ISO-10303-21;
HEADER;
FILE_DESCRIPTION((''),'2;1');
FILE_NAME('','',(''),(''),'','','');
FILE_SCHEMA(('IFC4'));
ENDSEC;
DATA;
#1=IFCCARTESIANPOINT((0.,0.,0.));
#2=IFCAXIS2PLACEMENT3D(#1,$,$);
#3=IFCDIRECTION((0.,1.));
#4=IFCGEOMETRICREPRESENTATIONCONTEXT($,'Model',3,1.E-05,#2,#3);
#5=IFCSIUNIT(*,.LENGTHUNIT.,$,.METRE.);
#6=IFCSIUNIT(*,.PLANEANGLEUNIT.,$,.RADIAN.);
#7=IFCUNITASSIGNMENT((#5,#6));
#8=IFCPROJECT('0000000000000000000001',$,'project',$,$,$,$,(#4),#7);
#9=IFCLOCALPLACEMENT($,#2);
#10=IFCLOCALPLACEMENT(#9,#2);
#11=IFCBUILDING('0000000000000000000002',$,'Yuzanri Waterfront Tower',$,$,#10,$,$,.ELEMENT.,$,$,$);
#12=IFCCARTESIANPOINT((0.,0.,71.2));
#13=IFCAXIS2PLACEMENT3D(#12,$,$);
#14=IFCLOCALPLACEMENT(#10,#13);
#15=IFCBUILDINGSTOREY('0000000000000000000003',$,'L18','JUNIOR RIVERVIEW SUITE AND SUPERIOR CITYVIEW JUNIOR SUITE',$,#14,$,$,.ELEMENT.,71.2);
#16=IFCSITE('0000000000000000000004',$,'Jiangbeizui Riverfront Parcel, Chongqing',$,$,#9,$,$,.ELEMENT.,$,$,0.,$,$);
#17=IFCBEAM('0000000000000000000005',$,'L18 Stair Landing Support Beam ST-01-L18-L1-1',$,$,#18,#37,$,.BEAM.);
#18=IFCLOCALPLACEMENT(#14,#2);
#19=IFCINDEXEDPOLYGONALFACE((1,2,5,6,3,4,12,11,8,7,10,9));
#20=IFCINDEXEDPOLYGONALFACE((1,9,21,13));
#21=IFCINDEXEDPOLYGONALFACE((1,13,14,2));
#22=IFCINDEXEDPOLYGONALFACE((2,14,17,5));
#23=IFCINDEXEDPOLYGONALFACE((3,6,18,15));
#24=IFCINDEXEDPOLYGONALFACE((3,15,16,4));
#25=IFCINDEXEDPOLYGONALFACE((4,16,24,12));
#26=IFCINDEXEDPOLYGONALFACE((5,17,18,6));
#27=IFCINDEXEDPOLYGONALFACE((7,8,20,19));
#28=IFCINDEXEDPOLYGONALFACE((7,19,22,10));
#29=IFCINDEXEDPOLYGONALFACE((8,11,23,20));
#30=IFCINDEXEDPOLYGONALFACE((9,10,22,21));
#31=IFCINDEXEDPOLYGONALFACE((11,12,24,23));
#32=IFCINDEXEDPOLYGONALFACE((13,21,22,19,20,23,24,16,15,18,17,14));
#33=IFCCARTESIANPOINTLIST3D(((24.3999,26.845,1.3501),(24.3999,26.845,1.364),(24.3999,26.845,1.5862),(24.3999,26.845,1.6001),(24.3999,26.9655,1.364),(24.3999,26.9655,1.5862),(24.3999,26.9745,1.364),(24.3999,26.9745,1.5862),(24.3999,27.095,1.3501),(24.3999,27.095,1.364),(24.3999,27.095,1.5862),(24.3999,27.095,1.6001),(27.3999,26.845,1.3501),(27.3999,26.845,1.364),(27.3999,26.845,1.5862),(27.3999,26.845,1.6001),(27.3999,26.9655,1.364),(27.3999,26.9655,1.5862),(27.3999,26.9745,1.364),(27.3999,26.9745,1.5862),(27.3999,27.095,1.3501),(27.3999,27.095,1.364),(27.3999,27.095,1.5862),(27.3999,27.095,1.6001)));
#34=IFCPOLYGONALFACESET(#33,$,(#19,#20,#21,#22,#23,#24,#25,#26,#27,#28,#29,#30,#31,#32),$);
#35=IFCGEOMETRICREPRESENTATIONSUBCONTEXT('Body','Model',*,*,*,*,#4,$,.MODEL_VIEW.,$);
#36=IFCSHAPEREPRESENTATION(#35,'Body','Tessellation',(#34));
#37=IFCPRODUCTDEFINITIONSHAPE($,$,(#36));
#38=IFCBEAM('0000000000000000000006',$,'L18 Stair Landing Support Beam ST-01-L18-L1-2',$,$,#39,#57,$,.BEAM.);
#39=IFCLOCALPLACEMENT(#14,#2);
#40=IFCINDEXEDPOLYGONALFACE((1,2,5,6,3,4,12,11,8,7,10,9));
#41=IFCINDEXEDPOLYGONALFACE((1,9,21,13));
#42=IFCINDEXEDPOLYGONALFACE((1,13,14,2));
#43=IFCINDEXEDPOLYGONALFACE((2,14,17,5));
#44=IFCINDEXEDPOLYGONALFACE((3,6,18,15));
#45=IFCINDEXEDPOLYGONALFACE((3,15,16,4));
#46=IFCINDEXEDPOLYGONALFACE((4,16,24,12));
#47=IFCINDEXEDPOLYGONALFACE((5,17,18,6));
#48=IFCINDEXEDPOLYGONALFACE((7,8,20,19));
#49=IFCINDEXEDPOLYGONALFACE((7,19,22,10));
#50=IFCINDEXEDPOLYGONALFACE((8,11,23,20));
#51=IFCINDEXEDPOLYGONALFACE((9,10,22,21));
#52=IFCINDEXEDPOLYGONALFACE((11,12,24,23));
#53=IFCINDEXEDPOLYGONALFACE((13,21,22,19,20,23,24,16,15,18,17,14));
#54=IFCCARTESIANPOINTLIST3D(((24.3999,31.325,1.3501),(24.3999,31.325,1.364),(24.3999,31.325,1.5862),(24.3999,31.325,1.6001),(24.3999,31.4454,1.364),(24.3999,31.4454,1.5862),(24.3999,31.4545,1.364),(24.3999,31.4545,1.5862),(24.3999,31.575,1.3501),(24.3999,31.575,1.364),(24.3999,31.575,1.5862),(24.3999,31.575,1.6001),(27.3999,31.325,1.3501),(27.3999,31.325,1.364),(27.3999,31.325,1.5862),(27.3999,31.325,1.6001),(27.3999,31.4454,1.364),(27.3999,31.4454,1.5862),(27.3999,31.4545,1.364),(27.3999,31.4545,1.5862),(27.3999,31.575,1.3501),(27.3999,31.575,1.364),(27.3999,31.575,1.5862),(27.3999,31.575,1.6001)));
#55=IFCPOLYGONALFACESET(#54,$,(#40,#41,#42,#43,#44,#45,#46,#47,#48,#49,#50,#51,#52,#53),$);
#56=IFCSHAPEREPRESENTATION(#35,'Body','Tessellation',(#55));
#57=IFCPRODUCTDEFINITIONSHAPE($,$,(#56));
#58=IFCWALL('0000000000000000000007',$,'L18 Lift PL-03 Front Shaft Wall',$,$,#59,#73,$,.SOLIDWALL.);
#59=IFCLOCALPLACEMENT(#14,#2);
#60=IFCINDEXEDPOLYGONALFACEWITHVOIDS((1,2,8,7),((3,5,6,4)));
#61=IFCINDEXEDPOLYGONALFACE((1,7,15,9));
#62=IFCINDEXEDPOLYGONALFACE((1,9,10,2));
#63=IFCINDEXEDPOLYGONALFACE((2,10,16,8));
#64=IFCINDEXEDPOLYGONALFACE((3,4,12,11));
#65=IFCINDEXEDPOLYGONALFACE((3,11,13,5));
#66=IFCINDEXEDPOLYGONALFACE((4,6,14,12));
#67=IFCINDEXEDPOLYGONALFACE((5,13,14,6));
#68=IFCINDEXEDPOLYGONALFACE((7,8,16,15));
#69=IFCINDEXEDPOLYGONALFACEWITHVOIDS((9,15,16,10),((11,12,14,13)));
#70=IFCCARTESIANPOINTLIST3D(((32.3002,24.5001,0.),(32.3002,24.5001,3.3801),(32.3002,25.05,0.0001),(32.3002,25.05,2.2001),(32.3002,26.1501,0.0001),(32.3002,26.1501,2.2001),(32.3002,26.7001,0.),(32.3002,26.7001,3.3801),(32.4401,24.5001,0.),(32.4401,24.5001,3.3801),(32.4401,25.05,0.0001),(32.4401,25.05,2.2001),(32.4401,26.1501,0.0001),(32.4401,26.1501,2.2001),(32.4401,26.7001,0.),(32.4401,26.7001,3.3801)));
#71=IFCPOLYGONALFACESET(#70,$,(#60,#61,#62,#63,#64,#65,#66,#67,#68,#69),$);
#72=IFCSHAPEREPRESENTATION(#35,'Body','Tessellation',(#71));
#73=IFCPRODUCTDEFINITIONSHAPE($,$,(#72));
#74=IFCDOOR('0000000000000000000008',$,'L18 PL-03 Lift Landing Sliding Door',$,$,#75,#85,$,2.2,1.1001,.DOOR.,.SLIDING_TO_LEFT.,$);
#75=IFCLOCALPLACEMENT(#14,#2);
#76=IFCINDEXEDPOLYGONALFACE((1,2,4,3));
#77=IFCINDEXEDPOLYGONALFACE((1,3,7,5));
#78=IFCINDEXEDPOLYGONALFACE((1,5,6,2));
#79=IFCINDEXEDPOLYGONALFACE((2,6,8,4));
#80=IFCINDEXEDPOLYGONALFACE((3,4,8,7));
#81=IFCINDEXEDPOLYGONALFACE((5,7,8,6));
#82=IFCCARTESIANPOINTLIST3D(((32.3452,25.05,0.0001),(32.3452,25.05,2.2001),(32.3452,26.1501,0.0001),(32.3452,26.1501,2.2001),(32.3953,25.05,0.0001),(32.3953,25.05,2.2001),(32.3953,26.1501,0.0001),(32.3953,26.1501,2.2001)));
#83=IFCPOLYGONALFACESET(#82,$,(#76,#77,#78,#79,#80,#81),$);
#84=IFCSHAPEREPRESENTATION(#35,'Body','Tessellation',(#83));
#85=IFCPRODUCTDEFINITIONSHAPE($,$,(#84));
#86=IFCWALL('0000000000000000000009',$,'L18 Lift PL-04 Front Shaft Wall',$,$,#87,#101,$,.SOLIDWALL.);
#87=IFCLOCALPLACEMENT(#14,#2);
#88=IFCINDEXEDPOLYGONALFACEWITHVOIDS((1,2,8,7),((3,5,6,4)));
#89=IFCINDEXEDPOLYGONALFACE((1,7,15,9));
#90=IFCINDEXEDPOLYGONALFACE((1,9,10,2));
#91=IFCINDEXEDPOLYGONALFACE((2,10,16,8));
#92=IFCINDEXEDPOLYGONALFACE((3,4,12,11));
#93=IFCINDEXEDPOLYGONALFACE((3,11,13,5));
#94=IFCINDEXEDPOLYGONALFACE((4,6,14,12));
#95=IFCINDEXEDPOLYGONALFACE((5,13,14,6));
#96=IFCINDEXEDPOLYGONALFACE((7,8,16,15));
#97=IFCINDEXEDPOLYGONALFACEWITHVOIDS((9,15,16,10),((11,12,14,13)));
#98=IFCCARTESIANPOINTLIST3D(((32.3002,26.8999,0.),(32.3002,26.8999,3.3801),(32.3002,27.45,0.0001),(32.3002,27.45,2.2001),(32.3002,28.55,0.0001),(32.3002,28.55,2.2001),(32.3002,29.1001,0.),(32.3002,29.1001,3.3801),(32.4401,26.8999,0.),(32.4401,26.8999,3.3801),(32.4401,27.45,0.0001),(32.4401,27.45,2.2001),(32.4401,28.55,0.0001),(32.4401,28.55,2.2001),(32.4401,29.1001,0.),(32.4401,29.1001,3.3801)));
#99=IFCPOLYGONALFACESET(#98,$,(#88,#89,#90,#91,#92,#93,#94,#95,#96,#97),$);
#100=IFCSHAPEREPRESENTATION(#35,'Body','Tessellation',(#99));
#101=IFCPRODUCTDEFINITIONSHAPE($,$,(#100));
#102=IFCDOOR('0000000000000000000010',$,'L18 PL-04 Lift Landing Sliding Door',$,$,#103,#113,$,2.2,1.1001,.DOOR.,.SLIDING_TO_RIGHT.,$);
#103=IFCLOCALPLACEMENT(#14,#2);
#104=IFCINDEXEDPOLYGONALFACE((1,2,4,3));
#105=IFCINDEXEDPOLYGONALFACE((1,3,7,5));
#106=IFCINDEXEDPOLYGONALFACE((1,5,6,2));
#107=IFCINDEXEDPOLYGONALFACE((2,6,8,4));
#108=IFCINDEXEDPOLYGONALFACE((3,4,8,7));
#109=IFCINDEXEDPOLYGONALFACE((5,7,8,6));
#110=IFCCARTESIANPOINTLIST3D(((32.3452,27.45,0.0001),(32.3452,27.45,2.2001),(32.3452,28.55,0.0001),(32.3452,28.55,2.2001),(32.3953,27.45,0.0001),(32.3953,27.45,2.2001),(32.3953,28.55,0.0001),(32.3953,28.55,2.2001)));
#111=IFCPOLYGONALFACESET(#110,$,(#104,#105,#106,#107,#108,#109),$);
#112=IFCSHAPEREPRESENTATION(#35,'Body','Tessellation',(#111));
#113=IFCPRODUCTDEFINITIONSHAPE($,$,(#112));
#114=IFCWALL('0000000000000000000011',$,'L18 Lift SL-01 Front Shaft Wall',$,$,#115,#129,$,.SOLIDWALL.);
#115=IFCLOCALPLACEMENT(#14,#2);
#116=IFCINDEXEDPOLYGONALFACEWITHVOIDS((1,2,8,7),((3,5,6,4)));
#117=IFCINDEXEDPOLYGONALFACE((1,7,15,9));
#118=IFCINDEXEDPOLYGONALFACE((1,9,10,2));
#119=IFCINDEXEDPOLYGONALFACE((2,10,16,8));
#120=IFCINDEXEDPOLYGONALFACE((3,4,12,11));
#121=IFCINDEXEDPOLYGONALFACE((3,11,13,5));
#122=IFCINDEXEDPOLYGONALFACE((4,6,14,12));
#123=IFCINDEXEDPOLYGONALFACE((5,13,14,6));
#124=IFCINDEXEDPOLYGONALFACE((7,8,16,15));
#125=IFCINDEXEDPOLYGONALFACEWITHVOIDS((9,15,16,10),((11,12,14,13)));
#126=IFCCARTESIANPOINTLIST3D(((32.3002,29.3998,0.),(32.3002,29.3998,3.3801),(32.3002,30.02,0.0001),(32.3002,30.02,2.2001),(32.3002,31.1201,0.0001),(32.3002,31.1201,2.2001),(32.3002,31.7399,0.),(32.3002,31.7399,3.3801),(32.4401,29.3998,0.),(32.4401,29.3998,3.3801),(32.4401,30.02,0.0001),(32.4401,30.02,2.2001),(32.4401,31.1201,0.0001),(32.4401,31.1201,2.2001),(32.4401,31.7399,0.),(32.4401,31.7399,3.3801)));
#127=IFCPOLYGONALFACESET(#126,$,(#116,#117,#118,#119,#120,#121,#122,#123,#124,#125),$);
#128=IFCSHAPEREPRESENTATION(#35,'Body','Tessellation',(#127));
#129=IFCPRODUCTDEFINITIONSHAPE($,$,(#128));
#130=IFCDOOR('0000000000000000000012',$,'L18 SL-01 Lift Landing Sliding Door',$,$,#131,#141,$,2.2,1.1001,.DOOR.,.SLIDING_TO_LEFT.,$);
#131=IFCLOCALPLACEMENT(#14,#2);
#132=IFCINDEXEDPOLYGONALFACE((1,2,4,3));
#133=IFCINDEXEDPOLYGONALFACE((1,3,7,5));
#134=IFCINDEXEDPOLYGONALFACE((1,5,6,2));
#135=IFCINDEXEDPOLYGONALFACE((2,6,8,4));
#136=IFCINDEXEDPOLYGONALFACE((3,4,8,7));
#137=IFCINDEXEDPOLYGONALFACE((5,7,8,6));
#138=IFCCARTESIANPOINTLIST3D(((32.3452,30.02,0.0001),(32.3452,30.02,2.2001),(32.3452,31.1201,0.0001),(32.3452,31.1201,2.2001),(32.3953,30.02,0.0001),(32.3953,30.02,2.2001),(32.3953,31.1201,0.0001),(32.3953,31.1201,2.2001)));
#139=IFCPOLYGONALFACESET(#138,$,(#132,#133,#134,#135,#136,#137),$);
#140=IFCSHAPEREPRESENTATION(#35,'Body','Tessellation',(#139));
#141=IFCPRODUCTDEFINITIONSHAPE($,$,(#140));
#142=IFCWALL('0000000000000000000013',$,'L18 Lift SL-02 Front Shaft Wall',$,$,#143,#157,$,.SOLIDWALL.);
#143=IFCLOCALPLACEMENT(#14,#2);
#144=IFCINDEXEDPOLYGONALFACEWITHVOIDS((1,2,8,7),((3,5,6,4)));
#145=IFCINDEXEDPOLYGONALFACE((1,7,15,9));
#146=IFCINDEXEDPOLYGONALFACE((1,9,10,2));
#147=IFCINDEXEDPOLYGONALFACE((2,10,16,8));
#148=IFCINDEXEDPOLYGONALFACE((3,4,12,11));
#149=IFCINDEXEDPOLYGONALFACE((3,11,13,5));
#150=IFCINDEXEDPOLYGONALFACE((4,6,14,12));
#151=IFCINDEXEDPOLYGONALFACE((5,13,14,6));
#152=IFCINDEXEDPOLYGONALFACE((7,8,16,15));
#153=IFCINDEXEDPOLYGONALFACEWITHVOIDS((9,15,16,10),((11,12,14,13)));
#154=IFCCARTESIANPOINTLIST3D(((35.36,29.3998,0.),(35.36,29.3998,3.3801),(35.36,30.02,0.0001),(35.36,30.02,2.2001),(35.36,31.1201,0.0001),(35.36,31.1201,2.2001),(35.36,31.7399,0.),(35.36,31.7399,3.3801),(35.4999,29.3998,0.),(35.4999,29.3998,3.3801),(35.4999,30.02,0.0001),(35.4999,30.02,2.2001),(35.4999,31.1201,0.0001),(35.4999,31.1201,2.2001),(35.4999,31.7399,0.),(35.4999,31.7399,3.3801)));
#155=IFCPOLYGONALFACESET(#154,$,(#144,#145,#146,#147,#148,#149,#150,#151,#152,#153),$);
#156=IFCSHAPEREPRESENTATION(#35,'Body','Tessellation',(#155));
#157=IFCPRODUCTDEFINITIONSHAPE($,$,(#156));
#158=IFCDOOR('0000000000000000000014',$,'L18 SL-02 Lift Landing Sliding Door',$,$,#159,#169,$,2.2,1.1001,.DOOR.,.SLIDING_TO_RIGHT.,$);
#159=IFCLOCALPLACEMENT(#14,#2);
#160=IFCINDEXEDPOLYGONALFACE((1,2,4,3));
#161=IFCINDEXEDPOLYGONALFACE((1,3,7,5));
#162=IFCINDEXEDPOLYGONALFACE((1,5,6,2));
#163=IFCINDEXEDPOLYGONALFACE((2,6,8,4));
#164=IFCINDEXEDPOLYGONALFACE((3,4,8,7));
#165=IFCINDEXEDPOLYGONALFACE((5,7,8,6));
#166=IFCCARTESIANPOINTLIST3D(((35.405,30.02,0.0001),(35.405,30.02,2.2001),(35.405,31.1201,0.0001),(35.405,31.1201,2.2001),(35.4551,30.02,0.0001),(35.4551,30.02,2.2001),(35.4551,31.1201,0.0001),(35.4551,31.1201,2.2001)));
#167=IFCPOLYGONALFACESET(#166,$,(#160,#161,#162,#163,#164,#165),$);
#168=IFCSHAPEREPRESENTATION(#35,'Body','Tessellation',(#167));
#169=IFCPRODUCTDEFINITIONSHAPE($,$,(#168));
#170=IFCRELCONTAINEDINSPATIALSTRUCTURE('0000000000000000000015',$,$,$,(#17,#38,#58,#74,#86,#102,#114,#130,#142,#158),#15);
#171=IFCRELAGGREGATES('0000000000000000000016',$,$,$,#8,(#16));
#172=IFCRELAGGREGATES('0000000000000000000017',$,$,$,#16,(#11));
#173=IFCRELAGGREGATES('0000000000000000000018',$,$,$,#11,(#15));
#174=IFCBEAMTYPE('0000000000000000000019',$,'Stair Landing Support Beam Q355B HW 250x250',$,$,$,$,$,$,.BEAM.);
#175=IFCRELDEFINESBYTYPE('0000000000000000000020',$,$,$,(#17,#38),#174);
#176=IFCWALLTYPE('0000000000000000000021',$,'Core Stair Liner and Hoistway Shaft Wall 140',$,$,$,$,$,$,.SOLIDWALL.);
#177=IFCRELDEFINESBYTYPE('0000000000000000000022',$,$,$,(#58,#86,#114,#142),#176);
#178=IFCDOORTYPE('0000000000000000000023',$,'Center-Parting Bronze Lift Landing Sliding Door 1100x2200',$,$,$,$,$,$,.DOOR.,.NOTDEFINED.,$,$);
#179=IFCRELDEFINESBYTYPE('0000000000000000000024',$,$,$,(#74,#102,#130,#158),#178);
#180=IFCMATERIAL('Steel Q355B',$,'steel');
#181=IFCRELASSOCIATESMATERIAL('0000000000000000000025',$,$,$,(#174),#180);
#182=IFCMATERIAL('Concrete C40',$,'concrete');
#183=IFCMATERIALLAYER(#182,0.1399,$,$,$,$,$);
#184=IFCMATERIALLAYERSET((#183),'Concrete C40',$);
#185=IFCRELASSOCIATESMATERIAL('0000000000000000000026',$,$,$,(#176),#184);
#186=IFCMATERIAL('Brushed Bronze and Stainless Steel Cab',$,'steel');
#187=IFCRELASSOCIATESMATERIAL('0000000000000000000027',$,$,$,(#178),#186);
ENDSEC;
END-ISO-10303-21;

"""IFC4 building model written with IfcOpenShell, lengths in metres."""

from ifc_helpers import new_model, si_unit, direction, frame, frame_2d, origin, origin_2d, place, context, subcontext, project, spatial, rectangle, i_section, extrude, source, transform, mapped, material, layer, layer_set, material_profile, profile_set, type_object, element, fill, save


model = new_model("IFC4")

# Units and contexts
model_context = context("Model", 3, precision=1e-05, world=origin(), true_north=direction((0.0, 1.0)))
body_context = subcontext(model_context, "Body", "Model", "MODEL_VIEW")
ifc_project = project(units=[si_unit("LENGTHUNIT", "METRE"), si_unit("PLANEANGLEUNIT", "RADIAN")], contexts=[model_context])

# Site, building, storey
site_placement = place(None, origin())
site = spatial("IfcSite", under=ifc_project, at=site_placement, Name="Jiangbeizui Riverfront Parcel, Chongqing", CompositionType="ELEMENT", RefElevation=0.0)
building_placement = place(site_placement, origin())
building = spatial("IfcBuilding", under=site, at=building_placement, Name="Yuzanri Waterfront Tower", CompositionType="ELEMENT")
storey_placement = place(building_placement, frame((0.0, 0.0, 71.2)))
storey = spatial("IfcBuildingStorey", under=building, at=storey_placement, Name="L18", Description="JUNIOR RIVERVIEW SUITE AND SUPERIOR CITYVIEW JUNIOR SUITE", CompositionType="ELEMENT", Elevation=71.2)

# Beams
ifc_material_1 = material(Name="Steel Q355B", Category="steel")
ifc_material_profile = material_profile(ifc_material_1, i_section(OverallWidth=0.25, OverallDepth=0.25, WebThickness=0.009, FlangeThickness=0.0139, at=origin_2d()), Name="HW 250x250x9x14")
ifc_profile_set = profile_set([ifc_material_profile], Name="Steel Q355B")
beam_type = type_object("IfcBeamType", Name="Stair Landing Support Beam Q355B HW 250x250", PredefinedType="BEAM", material=ifc_profile_set)
shared_shape_1 = source(origin(), body_context, "Body", "SweptSolid", [
    extrude(i_section(OverallWidth=0.25, OverallDepth=0.25, WebThickness=0.009, FlangeThickness=0.0139, at=origin_2d()), origin(), (0.0, 0.0, 1.0), 3.0),
])
for number, where, z_axis, x_axis, name in (
    (1, (24.3999, 26.97, 1.4751), (1.0, 0.0, 0.0), (0.0, 1.0, 0.0), "L18 Stair Landing Support Beam ST-01-L18-L1-1"),
    (2, (24.3999, 31.45, 1.4751), (1.0, 0.0, 0.0), (0.0, 1.0, 0.0), "L18 Stair Landing Support Beam ST-01-L18-L1-2"),
):
    element("IfcBeam", number, at=place(storey_placement, frame(where, z_axis=z_axis, x_axis=x_axis)), inside=storey, type_object=beam_type, Name=name, PredefinedType="BEAM", context=body_context, shape_type="MappedRepresentation", body=[
        mapped(shared_shape_1, transform((0.0, 0.0, 0.0), scale=1.0)),
    ])

# Walls, openings, doors
ifc_material_2 = material(Name="Concrete C40", Category="concrete")
ifc_layer_1 = layer(ifc_material_2, 0.1399)
ifc_layer_set_1 = layer_set([ifc_layer_1], Name="Concrete C40")
wall_type_1 = type_object("IfcWallType", Name="Core Stair Liner and Hoistway Shaft Wall 140", PredefinedType="SOLIDWALL", material=ifc_layer_set_1)
wall_1_placement = place(storey_placement, frame((32.3701, 24.5, 0.0), z_axis=(0.0, 0.0, 1.0), x_axis=(0.0, 1.0, 0.0)))
wall_1 = element("IfcWall", 3, at=wall_1_placement, inside=storey, type_object=wall_type_1, Name="L18 Lift PL-03 Front Shaft Wall", PredefinedType="SOLIDWALL", context=body_context, shape_type="SweptSolid", body=[
    extrude(rectangle(XDim=2.2, YDim=0.1399, at=frame_2d((1.1001, 0.0))), origin(), (0.0, 0.0, 1.0), 3.3801),
])
opening_1_placement = place(wall_1_placement, frame((0.55, 0.0, 0.0)))
opening_1 = element("IfcOpeningElement", 4, at=opening_1_placement, cuts=wall_1, PredefinedType="OPENING", context=body_context, shape_type="SweptSolid", body=[
    extrude(rectangle(XDim=1.1001, YDim=2.2, at=frame_2d((0.55, 1.1001))), frame((0.0, 0.085, 0.0), z_axis=(0.0, -1.0, 0.0), x_axis=(1.0, 0.0, 0.0)), (0.0, 0.0, 1.0), 0.1697),
])
ifc_material_3 = material(Name="Brushed Bronze and Stainless Steel Cab", Category="steel")
door_type_1 = type_object("IfcDoorType", Name="Center-Parting Bronze Lift Landing Sliding Door 1100x2200", OperationType="NOTDEFINED", PredefinedType="DOOR", material=ifc_material_3)
shared_shape_2 = source(origin(), body_context, "Body", "SweptSolid", [
    extrude(rectangle(XDim=1.1001, YDim=2.2, at=frame_2d((0.55, 1.1001))), frame((0.0, 0.0249, 0.0), z_axis=(0.0, -1.0, 0.0), x_axis=(1.0, 0.0, 0.0)), (0.0, 0.0, 1.0), 0.05),
])
door_1_placement = place(opening_1_placement, origin())
door_1 = element("IfcDoor", 5, at=door_1_placement, inside=storey, type_object=door_type_1, Name="L18 PL-03 Lift Landing Sliding Door", OperationType="SLIDING_TO_LEFT", OverallHeight=2.2, OverallWidth=1.1001, PredefinedType="DOOR", context=body_context, shape_type="MappedRepresentation", body=[
    mapped(shared_shape_2, transform((0.0, 0.0, 0.0), scale=1.0)),
])
fill(opening_1, door_1)
wall_2_placement = place(storey_placement, frame((32.3701, 26.8999, 0.0), z_axis=(0.0, 0.0, 1.0), x_axis=(0.0, 1.0, 0.0)))
wall_2 = element("IfcWall", 6, at=wall_2_placement, inside=storey, type_object=wall_type_1, Name="L18 Lift PL-04 Front Shaft Wall", PredefinedType="SOLIDWALL", context=body_context, shape_type="SweptSolid", body=[
    extrude(rectangle(XDim=2.2002, YDim=0.1399, at=frame_2d((1.1001, 0.0))), origin(), (0.0, 0.0, 1.0), 3.3801),
])
opening_2_placement = place(wall_2_placement, frame((0.55, 0.0, 0.0)))
opening_2 = element("IfcOpeningElement", 7, at=opening_2_placement, cuts=wall_2, PredefinedType="OPENING", context=body_context, shape_type="SweptSolid", body=[
    extrude(rectangle(XDim=1.1001, YDim=2.2, at=frame_2d((0.55, 1.1001))), frame((0.0, 0.085, 0.0), z_axis=(0.0, -1.0, 0.0), x_axis=(1.0, 0.0, 0.0)), (0.0, 0.0, 1.0), 0.1697),
])
door_2_placement = place(opening_2_placement, origin())
door_2 = element("IfcDoor", 8, at=door_2_placement, inside=storey, type_object=door_type_1, Name="L18 PL-04 Lift Landing Sliding Door", OperationType="SLIDING_TO_RIGHT", OverallHeight=2.2, OverallWidth=1.1001, PredefinedType="DOOR", context=body_context, shape_type="MappedRepresentation", body=[
    mapped(shared_shape_2, transform((0.0, 0.0, 0.0), scale=1.0)),
])
fill(opening_2, door_2)
wall_3_placement = place(storey_placement, frame((32.3701, 29.3999, 0.0), z_axis=(0.0, 0.0, 1.0), x_axis=(0.0, 1.0, 0.0)))
wall_3 = element("IfcWall", 9, at=wall_3_placement, inside=storey, type_object=wall_type_1, Name="L18 Lift SL-01 Front Shaft Wall", PredefinedType="SOLIDWALL", context=body_context, shape_type="SweptSolid", body=[
    extrude(rectangle(XDim=2.3401, YDim=0.1399, at=frame_2d((1.1699, 0.0))), origin(), (0.0, 0.0, 1.0), 3.3801),
])
opening_3_placement = place(wall_3_placement, frame((0.6201, 0.0, 0.0)))
opening_3 = element("IfcOpeningElement", 10, at=opening_3_placement, cuts=wall_3, PredefinedType="OPENING", context=body_context, shape_type="SweptSolid", body=[
    extrude(rectangle(XDim=1.1001, YDim=2.2, at=frame_2d((0.55, 1.1001))), frame((0.0, 0.085, 0.0), z_axis=(0.0, -1.0, 0.0), x_axis=(1.0, 0.0, 0.0)), (0.0, 0.0, 1.0), 0.1697),
])
door_3_placement = place(opening_3_placement, origin())
door_3 = element("IfcDoor", 11, at=door_3_placement, inside=storey, type_object=door_type_1, Name="L18 SL-01 Lift Landing Sliding Door", OperationType="SLIDING_TO_LEFT", OverallHeight=2.2, OverallWidth=1.1001, PredefinedType="DOOR", context=body_context, shape_type="MappedRepresentation", body=[
    mapped(shared_shape_2, transform((0.0, 0.0, 0.0), scale=1.0)),
])
fill(opening_3, door_3)
wall_4_placement = place(storey_placement, frame((35.4299, 29.3999, 0.0), z_axis=(0.0, 0.0, 1.0), x_axis=(0.0, 1.0, 0.0)))
wall_4 = element("IfcWall", 12, at=wall_4_placement, inside=storey, type_object=wall_type_1, Name="L18 Lift SL-02 Front Shaft Wall", PredefinedType="SOLIDWALL", context=body_context, shape_type="SweptSolid", body=[
    extrude(rectangle(XDim=2.3401, YDim=0.1399, at=frame_2d((1.1699, 0.0))), origin(), (0.0, 0.0, 1.0), 3.3801),
])
opening_4_placement = place(wall_4_placement, frame((0.6201, 0.0, 0.0)))
opening_4 = element("IfcOpeningElement", 13, at=opening_4_placement, cuts=wall_4, PredefinedType="OPENING", context=body_context, shape_type="SweptSolid", body=[
    extrude(rectangle(XDim=1.1001, YDim=2.2, at=frame_2d((0.55, 1.1001))), frame((0.0, 0.085, 0.0), z_axis=(0.0, -1.0, 0.0), x_axis=(1.0, 0.0, 0.0)), (0.0, 0.0, 1.0), 0.1697),
])
door_4_placement = place(opening_4_placement, origin())
door_4 = element("IfcDoor", 14, at=door_4_placement, inside=storey, type_object=door_type_1, Name="L18 SL-02 Lift Landing Sliding Door", OperationType="SLIDING_TO_RIGHT", OverallHeight=2.2, OverallWidth=1.1001, PredefinedType="DOOR", context=body_context, shape_type="MappedRepresentation", body=[
    mapped(shared_shape_2, transform((0.0, 0.0, 0.0), scale=1.0)),
])
fill(opening_4, door_4)

save(model, "model.ifc")
